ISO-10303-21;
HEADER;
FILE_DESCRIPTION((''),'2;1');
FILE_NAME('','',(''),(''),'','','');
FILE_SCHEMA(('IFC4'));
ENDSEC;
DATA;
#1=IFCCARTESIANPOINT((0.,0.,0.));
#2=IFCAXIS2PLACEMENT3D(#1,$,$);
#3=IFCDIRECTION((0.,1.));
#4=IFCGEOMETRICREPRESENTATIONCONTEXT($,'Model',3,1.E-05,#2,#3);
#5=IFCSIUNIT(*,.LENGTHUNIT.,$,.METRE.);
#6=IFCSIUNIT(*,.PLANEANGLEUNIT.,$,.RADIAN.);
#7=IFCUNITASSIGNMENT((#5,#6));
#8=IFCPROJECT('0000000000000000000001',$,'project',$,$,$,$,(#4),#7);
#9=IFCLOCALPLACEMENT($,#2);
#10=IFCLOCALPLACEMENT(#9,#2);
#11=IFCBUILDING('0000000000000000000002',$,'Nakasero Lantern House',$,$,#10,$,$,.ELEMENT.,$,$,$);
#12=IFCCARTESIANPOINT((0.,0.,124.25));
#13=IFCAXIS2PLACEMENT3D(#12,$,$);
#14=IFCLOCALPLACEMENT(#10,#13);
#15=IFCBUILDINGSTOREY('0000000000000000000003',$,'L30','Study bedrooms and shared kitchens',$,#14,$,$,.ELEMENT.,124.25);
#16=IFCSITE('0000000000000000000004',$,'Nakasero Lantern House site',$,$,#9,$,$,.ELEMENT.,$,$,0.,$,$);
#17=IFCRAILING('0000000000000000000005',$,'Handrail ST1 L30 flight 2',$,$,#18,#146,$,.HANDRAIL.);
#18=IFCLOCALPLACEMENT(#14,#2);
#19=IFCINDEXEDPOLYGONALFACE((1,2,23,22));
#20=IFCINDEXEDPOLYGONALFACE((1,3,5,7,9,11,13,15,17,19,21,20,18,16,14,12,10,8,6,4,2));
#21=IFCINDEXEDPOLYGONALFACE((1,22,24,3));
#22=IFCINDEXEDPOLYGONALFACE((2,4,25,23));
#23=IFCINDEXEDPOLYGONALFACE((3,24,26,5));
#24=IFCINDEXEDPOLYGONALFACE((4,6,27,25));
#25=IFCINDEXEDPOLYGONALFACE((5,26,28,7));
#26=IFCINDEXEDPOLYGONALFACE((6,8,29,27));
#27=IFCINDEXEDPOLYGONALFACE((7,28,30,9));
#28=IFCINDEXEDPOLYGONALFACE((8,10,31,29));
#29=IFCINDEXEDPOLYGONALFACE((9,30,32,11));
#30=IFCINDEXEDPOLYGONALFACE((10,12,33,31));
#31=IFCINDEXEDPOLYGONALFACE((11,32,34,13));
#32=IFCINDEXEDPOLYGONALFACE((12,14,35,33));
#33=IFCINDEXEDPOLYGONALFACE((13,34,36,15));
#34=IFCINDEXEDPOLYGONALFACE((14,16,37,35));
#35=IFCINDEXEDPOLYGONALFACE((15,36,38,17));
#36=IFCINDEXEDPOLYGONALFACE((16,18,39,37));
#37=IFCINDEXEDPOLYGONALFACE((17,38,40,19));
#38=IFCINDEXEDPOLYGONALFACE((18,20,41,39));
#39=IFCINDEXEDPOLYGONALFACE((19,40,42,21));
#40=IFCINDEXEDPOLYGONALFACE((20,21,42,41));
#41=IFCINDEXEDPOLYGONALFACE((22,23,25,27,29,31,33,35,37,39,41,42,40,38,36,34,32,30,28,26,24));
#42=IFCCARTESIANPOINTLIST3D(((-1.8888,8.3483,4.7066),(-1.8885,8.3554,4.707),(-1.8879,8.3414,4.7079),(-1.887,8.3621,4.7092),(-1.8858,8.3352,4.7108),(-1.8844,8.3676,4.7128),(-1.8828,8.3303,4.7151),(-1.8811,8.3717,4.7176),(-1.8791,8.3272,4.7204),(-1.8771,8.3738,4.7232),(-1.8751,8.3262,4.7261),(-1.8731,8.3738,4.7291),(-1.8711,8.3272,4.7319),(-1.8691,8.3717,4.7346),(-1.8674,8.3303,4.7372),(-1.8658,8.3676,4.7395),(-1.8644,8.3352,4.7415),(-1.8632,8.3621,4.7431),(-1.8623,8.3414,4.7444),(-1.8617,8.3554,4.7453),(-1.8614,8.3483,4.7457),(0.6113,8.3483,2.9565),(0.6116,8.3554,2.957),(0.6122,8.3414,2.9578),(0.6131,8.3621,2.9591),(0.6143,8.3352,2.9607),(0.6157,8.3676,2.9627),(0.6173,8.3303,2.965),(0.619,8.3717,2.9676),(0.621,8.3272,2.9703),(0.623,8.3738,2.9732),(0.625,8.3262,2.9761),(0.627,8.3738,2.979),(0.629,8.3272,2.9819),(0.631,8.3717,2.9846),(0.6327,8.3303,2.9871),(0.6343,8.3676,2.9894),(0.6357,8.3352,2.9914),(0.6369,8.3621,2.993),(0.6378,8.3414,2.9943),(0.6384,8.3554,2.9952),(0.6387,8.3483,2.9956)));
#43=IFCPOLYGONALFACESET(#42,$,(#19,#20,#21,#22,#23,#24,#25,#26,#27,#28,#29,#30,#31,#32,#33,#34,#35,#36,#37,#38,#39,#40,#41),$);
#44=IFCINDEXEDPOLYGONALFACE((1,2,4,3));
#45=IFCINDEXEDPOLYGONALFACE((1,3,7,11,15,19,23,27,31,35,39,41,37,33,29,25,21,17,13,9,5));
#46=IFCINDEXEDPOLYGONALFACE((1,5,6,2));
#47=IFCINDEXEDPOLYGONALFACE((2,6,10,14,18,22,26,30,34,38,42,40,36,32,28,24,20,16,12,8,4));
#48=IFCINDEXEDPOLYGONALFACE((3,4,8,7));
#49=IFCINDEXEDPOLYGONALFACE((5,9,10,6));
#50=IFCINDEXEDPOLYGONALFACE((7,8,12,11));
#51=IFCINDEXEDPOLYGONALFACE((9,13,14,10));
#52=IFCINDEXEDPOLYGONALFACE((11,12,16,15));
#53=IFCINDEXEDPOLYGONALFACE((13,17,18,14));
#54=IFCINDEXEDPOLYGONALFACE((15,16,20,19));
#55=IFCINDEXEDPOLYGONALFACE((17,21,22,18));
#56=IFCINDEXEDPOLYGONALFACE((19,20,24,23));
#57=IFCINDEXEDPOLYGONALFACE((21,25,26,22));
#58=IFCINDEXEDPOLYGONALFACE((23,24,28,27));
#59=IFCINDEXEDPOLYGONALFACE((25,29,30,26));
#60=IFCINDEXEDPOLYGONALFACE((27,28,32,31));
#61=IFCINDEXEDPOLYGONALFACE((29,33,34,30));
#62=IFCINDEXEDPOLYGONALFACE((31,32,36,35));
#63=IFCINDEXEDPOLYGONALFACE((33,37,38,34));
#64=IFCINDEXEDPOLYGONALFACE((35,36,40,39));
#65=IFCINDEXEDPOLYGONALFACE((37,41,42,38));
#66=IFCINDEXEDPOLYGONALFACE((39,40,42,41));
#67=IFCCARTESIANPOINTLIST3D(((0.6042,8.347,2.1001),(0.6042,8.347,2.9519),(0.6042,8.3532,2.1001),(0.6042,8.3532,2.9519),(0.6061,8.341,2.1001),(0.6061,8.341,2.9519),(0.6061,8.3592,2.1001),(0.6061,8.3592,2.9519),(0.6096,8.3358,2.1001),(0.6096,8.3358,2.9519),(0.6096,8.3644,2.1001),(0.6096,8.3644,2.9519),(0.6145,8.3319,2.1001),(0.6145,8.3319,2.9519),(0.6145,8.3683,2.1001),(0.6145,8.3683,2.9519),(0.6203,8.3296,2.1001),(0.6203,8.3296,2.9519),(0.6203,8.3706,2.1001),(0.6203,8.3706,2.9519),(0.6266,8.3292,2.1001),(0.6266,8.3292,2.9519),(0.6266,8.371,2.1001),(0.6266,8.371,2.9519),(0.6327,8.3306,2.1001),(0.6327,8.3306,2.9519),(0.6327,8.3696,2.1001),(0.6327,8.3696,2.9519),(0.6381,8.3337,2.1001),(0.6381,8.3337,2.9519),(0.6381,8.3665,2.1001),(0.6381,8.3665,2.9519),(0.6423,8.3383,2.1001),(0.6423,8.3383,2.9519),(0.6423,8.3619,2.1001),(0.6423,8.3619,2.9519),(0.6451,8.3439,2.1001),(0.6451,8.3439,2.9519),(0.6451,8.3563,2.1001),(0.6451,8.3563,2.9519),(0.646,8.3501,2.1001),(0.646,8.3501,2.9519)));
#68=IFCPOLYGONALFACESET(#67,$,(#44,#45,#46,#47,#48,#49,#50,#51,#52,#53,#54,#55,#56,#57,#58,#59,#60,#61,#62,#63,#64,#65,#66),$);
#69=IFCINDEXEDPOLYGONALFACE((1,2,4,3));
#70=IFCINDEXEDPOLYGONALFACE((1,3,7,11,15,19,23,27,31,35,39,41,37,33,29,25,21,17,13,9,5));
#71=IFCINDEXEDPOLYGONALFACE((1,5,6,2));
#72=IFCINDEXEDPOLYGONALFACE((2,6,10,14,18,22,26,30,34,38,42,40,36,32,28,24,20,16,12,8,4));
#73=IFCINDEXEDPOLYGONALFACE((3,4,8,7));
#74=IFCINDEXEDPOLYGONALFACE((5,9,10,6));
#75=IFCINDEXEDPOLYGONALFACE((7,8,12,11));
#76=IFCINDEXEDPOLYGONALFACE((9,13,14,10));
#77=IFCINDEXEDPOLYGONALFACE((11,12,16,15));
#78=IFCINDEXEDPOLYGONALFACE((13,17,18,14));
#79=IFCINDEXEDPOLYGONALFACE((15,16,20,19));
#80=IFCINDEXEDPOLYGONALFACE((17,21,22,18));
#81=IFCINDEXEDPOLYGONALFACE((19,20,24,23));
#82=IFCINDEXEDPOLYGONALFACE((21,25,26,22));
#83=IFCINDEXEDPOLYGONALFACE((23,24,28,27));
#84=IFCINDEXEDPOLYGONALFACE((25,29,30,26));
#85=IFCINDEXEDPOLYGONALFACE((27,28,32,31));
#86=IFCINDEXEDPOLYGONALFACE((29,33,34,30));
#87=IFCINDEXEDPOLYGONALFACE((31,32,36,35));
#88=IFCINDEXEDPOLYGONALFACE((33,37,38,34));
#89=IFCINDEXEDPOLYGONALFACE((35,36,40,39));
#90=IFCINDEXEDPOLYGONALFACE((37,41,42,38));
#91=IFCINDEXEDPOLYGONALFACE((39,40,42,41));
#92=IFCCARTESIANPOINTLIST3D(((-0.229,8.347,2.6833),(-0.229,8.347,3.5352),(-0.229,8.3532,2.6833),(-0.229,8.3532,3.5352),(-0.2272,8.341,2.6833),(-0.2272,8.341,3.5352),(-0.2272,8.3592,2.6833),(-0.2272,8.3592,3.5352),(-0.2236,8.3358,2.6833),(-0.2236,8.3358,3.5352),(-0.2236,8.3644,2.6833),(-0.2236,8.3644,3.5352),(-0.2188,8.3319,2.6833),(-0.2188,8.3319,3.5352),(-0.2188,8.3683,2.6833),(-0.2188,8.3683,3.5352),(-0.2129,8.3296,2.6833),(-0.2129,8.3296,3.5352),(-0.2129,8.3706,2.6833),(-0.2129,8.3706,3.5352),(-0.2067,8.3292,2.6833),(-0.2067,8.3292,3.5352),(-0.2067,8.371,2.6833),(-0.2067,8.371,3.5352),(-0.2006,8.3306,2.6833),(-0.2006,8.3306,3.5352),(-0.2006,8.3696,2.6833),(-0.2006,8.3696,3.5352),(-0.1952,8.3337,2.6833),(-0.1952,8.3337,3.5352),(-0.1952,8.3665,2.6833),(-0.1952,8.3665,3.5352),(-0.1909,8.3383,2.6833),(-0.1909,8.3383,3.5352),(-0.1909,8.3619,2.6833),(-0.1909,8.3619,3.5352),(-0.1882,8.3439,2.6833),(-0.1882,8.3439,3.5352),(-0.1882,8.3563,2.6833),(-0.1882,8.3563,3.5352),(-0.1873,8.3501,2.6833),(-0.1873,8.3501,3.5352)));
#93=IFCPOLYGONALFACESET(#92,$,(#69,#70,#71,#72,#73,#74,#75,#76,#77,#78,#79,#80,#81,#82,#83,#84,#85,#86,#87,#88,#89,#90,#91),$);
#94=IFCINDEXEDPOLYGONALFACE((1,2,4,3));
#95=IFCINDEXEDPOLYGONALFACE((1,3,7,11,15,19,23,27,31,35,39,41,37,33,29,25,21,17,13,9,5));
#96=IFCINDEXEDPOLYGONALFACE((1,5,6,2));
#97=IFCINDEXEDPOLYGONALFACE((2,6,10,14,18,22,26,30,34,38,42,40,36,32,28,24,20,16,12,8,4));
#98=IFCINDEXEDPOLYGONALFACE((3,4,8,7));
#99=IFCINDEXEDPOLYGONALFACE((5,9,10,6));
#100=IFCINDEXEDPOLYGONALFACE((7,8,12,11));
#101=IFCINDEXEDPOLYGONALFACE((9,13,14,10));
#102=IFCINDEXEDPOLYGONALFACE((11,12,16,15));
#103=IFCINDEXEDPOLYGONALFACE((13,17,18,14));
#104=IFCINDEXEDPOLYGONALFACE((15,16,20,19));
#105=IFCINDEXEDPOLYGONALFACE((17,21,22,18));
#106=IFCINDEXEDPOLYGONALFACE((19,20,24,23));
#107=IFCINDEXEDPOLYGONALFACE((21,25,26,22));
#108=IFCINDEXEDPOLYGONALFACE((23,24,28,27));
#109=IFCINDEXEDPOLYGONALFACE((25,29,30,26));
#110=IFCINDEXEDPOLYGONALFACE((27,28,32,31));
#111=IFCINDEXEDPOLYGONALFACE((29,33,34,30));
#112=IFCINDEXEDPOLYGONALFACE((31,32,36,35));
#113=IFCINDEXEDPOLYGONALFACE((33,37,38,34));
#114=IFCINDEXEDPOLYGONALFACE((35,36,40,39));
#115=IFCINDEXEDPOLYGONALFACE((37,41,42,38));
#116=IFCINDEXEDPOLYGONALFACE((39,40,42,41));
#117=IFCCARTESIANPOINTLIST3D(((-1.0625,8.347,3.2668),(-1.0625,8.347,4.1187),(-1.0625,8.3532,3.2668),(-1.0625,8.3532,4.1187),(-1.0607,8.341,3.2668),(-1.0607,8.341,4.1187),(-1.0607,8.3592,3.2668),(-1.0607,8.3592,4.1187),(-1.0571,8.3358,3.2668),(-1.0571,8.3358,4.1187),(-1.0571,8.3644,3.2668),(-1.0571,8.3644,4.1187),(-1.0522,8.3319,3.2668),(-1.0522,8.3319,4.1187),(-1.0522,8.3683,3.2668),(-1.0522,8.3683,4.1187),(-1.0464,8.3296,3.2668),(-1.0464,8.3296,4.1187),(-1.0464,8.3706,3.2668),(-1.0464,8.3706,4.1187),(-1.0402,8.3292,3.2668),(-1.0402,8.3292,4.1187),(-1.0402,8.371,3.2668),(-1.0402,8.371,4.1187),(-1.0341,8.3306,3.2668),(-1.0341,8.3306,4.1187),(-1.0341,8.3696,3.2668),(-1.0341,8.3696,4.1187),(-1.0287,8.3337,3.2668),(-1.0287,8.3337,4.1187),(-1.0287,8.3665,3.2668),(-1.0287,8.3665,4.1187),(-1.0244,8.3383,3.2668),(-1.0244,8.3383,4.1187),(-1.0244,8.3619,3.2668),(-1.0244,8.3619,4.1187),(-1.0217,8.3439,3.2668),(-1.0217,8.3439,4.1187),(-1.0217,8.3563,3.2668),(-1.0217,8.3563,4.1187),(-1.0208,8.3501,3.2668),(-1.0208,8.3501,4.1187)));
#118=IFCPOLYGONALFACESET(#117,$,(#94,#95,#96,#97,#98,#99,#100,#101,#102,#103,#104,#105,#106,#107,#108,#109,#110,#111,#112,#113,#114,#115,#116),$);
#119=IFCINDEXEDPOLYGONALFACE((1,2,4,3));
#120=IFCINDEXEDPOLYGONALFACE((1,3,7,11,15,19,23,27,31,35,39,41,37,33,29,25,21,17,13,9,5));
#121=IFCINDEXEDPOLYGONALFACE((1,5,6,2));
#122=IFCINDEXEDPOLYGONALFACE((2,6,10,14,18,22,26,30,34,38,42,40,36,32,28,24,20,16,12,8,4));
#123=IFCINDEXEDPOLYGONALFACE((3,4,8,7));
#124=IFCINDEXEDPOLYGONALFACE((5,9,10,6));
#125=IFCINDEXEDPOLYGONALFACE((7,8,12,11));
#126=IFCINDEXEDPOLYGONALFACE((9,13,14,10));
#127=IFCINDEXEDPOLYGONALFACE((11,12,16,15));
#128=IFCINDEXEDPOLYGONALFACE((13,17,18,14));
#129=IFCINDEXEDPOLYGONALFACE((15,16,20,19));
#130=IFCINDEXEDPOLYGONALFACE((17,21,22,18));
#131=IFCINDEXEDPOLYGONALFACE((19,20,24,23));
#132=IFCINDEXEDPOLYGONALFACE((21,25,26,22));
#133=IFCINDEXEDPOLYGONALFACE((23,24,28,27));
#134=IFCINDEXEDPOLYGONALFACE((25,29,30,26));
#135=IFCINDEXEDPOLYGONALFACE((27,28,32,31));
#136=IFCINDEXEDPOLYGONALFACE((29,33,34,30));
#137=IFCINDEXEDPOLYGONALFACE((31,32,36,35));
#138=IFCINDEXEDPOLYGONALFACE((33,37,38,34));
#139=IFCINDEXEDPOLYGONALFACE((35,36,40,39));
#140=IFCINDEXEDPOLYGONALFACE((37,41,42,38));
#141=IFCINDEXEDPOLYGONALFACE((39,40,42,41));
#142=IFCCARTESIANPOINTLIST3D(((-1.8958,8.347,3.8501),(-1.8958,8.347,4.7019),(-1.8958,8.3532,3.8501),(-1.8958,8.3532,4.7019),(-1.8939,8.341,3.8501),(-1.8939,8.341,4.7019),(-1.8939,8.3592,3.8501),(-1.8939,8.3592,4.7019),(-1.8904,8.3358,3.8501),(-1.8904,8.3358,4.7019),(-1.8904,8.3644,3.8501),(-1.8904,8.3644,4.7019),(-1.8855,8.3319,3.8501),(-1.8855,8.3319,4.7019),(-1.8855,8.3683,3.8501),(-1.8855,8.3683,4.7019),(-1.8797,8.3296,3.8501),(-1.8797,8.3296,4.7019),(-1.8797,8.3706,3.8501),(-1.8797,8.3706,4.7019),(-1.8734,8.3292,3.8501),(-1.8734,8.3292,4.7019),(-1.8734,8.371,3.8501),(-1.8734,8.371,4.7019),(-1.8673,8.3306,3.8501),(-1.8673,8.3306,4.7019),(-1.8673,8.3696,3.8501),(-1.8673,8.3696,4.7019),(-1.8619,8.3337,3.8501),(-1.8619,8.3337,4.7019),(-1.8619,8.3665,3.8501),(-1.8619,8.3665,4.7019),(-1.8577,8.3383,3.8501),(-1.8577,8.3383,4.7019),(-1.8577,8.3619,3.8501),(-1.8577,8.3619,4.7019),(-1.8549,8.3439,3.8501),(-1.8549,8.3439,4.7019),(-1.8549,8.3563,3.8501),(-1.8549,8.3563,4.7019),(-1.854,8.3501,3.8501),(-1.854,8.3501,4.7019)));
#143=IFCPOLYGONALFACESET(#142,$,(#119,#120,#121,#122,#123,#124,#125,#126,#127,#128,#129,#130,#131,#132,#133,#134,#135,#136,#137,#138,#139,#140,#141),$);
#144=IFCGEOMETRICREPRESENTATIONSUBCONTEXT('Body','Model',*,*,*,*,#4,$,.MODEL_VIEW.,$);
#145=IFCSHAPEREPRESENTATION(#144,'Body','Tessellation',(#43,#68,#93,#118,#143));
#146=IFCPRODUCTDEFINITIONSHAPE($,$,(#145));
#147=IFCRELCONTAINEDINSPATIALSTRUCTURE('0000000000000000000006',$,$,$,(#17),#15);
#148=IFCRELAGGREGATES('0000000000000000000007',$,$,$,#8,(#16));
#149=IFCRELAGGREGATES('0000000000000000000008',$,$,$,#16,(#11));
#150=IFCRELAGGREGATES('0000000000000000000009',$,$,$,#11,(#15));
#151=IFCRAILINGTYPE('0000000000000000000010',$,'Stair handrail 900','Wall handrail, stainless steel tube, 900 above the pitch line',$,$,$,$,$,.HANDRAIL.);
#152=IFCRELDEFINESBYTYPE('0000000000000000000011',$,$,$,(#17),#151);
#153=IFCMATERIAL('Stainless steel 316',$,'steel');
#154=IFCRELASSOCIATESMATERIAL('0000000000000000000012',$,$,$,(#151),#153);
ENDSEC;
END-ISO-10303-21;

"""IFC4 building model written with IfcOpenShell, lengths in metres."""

from ifc_helpers import new_model, si_unit, direction, frame, origin, origin_2d, place, context, subcontext, project, spatial, circle, extrude, material, type_object, element, save


model = new_model("IFC4")

# Units and contexts
model_context = context("Model", 3, precision=1e-05, world=origin(), true_north=direction((0.0, 1.0)))
body_context = subcontext(model_context, "Body", "Model", "MODEL_VIEW")
ifc_project = project(units=[si_unit("LENGTHUNIT", "METRE"), si_unit("PLANEANGLEUNIT", "RADIAN")], contexts=[model_context])

# Site, building, storey
site_placement = place(None, origin())
site = spatial("IfcSite", under=ifc_project, at=site_placement, Name="Nakasero Lantern House site", CompositionType="ELEMENT", RefElevation=0.0)
building_placement = place(site_placement, origin())
building = spatial("IfcBuilding", under=site, at=building_placement, Name="Nakasero Lantern House", CompositionType="ELEMENT")
storey_placement = place(building_placement, frame((0.0, 0.0, 124.25)))
storey = spatial("IfcBuildingStorey", under=building, at=storey_placement, Name="L30", Description="Study bedrooms and shared kitchens", CompositionType="ELEMENT", Elevation=124.25)

# Railing
ifc_material_1 = material(Name="Stainless steel 316", Category="steel")
railing_type = type_object("IfcRailingType", Name="Stair handrail 900", Description="Wall handrail, stainless steel tube, 900 above the pitch line", PredefinedType="HANDRAIL", material=ifc_material_1)
railing_placement = place(storey_placement, frame((0.625, 8.3501, 2.1001)))
element("IfcRailing", 1, at=railing_placement, inside=storey, type_object=railing_type, Name="Handrail ST1 L30 flight 2", PredefinedType="HANDRAIL", context=body_context, shape_type="SweptSolid", body=[
    extrude(circle(Radius=0.0239, at=origin_2d()), frame((0.0, 0.0, 0.876), z_axis=(-0.819232, 0.0, 0.573462), x_axis=(0.0, -1.0, 0.0)), (0.0, 0.0, 1.0), 3.0518),
    extrude(circle(Radius=0.021, at=origin_2d()), origin(), (0.0, 0.0, 1.0), 0.8518),
    extrude(circle(Radius=0.021, at=origin_2d()), frame((-0.8333, 0.0, 0.5833)), (0.0, 0.0, 1.0), 0.8518),
    extrude(circle(Radius=0.021, at=origin_2d()), frame((-1.6667, 0.0, 1.1667)), (0.0, 0.0, 1.0), 0.8518),
    extrude(circle(Radius=0.021, at=origin_2d()), frame((-2.5, 0.0, 1.75)), (0.0, 0.0, 1.0), 0.8518),
])

save(model, "model.ifc")
